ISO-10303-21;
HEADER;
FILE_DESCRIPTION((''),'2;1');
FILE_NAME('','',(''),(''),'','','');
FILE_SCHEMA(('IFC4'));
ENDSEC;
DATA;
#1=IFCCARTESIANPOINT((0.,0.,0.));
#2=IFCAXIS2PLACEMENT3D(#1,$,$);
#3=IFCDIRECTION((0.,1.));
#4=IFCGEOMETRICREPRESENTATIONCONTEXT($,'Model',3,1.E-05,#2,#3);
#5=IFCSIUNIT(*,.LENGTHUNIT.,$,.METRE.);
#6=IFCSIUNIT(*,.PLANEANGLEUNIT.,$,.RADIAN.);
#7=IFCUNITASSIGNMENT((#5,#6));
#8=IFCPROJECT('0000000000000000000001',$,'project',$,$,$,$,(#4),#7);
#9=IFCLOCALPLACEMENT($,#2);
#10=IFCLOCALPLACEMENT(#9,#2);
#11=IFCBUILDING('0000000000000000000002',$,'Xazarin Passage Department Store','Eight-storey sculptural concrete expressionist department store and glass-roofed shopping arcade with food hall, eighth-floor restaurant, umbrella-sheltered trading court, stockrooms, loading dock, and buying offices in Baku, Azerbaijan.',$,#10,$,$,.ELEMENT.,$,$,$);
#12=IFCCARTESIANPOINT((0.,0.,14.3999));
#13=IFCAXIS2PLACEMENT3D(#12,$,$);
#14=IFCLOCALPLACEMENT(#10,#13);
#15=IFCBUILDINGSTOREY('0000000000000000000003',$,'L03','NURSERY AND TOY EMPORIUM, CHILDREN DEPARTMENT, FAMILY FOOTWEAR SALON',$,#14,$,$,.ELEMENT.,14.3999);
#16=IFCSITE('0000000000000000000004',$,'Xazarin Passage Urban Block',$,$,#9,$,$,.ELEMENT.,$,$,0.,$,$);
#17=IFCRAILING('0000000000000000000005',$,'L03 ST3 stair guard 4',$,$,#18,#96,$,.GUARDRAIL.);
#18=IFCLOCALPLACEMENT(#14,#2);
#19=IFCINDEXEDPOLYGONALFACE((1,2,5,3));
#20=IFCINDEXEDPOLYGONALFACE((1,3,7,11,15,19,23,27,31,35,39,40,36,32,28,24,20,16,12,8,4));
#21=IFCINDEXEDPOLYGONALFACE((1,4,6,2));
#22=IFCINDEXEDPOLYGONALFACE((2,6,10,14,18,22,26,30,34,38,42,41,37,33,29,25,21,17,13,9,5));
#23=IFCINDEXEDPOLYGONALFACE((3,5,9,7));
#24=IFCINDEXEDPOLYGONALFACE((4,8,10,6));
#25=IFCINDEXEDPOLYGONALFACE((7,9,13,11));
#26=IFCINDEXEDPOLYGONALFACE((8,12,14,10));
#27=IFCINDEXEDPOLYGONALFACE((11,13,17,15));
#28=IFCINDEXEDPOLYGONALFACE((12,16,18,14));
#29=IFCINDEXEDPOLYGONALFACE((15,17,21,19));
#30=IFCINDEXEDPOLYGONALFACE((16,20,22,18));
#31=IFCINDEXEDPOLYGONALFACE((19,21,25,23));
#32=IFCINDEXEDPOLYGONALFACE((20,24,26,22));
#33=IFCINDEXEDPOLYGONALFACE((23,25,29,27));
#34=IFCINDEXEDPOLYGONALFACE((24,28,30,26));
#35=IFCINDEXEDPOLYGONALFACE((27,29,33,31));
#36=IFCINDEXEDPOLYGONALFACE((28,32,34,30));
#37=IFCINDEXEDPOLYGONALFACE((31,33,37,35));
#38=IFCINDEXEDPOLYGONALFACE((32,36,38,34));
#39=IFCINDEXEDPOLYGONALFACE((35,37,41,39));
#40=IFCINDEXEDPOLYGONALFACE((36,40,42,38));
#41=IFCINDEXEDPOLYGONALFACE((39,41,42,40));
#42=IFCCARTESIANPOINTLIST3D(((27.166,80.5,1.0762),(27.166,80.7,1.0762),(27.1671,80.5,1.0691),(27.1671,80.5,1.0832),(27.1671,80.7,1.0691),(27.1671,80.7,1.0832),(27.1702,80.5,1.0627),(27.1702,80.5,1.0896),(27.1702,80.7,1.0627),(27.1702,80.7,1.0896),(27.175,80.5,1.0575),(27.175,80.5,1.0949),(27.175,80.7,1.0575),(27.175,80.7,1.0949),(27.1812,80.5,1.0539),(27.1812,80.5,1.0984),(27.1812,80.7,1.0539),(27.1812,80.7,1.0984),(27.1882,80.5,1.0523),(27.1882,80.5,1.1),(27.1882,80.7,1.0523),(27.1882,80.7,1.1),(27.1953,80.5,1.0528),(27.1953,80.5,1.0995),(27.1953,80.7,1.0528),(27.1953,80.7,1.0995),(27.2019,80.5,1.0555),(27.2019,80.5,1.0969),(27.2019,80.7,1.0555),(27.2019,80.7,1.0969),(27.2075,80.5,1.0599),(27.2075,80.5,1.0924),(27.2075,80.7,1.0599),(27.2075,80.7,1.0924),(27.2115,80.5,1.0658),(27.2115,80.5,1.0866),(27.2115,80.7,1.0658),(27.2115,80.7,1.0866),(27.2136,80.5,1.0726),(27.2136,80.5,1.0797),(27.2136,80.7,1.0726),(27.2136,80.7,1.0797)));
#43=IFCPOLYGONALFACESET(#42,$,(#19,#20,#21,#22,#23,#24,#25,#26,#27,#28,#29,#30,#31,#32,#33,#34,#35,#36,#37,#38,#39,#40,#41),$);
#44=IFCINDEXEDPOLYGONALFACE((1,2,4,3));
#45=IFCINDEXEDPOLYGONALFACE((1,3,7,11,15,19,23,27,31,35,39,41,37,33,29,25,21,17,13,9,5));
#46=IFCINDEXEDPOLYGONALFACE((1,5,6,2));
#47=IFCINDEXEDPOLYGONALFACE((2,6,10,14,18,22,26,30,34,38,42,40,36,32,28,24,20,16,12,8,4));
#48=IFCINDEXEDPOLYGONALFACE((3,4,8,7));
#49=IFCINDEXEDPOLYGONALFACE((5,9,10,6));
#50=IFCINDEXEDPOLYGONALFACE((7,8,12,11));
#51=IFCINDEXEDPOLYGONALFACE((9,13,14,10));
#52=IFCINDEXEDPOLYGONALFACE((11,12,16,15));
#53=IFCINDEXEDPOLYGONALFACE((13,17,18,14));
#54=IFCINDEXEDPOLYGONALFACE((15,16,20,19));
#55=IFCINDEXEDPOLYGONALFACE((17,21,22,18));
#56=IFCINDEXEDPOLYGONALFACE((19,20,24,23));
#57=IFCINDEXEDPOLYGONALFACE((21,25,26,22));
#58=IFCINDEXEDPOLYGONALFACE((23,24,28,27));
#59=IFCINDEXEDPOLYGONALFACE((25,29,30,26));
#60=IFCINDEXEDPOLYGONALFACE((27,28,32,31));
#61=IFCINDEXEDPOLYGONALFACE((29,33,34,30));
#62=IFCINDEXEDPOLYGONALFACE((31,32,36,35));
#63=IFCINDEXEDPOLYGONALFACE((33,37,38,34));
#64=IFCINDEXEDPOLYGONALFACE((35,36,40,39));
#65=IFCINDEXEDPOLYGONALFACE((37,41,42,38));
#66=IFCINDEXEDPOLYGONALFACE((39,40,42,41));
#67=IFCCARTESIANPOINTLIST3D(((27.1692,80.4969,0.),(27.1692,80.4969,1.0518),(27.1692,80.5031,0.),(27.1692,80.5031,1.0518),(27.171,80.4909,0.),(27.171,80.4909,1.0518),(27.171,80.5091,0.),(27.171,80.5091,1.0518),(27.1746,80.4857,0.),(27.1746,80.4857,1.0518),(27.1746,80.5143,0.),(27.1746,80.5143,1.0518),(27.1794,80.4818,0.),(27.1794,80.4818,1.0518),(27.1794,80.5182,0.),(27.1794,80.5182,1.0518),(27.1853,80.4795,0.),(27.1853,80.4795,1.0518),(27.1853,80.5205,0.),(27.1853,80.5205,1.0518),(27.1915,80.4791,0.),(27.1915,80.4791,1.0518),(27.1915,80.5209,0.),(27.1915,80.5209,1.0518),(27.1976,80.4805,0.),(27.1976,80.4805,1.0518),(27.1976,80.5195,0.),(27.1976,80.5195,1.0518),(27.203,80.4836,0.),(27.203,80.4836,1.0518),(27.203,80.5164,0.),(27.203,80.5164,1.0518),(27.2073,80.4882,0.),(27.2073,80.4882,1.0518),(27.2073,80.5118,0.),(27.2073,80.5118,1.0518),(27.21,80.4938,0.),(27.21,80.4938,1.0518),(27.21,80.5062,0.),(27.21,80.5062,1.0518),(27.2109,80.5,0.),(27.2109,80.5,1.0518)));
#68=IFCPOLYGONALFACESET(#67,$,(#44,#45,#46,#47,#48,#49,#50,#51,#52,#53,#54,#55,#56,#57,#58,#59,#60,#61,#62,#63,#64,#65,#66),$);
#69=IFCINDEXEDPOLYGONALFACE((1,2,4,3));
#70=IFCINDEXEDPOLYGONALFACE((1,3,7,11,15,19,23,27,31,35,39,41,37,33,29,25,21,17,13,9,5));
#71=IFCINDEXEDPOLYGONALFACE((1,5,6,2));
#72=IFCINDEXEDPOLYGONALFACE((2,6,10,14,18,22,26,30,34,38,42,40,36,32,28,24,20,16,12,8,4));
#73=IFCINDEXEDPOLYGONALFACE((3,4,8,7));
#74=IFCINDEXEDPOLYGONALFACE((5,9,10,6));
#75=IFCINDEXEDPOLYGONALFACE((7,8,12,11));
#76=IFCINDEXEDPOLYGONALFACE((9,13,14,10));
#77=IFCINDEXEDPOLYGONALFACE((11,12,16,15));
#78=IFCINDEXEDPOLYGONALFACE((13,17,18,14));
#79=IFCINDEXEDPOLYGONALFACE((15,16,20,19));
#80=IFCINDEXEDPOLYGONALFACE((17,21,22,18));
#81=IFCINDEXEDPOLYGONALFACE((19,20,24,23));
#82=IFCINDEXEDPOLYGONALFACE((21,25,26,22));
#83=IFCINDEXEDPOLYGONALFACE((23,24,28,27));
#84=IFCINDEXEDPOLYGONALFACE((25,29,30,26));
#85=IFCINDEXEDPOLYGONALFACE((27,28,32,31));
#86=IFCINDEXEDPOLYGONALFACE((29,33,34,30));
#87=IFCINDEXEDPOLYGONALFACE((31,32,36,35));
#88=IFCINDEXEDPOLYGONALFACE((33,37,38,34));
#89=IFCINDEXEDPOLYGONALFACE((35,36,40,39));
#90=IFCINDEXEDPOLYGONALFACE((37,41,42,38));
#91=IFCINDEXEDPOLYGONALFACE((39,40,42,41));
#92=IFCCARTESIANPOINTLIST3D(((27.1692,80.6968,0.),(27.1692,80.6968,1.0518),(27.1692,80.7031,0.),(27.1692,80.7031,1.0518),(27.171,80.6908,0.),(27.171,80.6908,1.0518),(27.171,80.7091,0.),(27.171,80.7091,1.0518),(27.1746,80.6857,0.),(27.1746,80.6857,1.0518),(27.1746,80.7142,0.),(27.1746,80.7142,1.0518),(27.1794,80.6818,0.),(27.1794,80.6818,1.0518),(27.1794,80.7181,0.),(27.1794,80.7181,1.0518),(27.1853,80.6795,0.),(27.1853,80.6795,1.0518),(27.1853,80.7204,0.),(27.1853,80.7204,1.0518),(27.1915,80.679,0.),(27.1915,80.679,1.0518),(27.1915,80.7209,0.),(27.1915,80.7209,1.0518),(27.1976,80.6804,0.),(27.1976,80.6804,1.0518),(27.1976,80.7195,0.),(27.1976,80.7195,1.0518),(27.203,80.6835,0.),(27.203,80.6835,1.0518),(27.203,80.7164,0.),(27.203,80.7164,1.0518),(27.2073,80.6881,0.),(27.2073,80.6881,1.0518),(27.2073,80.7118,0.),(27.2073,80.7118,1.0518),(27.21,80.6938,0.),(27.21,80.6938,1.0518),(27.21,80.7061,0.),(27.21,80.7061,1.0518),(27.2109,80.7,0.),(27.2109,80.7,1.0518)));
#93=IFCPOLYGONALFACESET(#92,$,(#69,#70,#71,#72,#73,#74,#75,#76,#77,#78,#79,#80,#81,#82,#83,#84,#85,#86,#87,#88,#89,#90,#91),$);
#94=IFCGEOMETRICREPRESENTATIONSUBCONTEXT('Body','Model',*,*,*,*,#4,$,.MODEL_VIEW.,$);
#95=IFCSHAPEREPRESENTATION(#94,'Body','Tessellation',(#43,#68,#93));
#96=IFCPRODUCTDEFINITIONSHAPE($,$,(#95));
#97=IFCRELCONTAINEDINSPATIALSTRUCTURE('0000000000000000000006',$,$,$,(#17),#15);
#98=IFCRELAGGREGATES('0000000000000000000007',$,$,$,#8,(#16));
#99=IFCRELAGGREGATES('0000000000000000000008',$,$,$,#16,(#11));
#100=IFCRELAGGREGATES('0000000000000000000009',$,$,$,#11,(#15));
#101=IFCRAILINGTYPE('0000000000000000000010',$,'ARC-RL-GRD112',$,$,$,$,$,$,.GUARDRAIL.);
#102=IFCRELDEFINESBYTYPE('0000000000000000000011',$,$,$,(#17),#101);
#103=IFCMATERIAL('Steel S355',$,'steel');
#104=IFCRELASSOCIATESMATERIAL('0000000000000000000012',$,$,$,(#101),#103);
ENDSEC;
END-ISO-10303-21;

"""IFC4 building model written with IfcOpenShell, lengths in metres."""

from ifc_helpers import new_model, si_unit, direction, frame, origin, origin_2d, place, context, subcontext, project, spatial, circle, extrude, material, type_object, element, save


model = new_model("IFC4")

# Units and contexts
model_context = context("Model", 3, precision=1e-05, world=origin(), true_north=direction((0.0, 1.0)))
body_context = subcontext(model_context, "Body", "Model", "MODEL_VIEW")
ifc_project = project(units=[si_unit("LENGTHUNIT", "METRE"), si_unit("PLANEANGLEUNIT", "RADIAN")], contexts=[model_context])

# Site, building, storey
site_placement = place(None, origin())
site = spatial("IfcSite", under=ifc_project, at=site_placement, Name="Xazarin Passage Urban Block", CompositionType="ELEMENT", RefElevation=0.0)
building_placement = place(site_placement, origin())
building = spatial("IfcBuilding", under=site, at=building_placement, Name="Xazarin Passage Department Store", Description="Eight-storey sculptural concrete expressionist department store and glass-roofed shopping arcade with food hall, eighth-floor restaurant, umbrella-sheltered trading court, stockrooms, loading dock, and buying offices in Baku, Azerbaijan.", CompositionType="ELEMENT")
storey_placement = place(building_placement, frame((0.0, 0.0, 14.3999)))
storey = spatial("IfcBuildingStorey", under=building, at=storey_placement, Name="L03", Description="NURSERY AND TOY EMPORIUM, CHILDREN DEPARTMENT, FAMILY FOOTWEAR SALON", CompositionType="ELEMENT", Elevation=14.3999)

# Railing
ifc_material_1 = material(Name="Steel S355", Category="steel")
railing_type_1 = type_object("IfcRailingType", Name="ARC-RL-GRD112", PredefinedType="GUARDRAIL", material=ifc_material_1)
railing_1_placement = place(storey_placement, frame((27.1899, 80.5, 0.0)))
element("IfcRailing", 1, at=railing_1_placement, inside=storey, type_object=railing_type_1, Name="L03 ST3 stair guard 4", PredefinedType="GUARDRAIL", context=body_context, shape_type="SweptSolid", body=[
    extrude(circle(Radius=0.0239, at=origin_2d()), frame((0.0, 0.0, 1.0762), z_axis=(0.0, 1.0, 0.0), x_axis=(-1.0, 0.0, 0.0)), (0.0, 0.0, 1.0), 0.2),
    extrude(circle(Radius=0.021, at=origin_2d()), origin(), (0.0, 0.0, 1.0), 1.0518),
    extrude(circle(Radius=0.021, at=origin_2d()), frame((0.0, 0.2, 0.0)), (0.0, 0.0, 1.0), 1.0518),
])

save(model, "model.ifc")
